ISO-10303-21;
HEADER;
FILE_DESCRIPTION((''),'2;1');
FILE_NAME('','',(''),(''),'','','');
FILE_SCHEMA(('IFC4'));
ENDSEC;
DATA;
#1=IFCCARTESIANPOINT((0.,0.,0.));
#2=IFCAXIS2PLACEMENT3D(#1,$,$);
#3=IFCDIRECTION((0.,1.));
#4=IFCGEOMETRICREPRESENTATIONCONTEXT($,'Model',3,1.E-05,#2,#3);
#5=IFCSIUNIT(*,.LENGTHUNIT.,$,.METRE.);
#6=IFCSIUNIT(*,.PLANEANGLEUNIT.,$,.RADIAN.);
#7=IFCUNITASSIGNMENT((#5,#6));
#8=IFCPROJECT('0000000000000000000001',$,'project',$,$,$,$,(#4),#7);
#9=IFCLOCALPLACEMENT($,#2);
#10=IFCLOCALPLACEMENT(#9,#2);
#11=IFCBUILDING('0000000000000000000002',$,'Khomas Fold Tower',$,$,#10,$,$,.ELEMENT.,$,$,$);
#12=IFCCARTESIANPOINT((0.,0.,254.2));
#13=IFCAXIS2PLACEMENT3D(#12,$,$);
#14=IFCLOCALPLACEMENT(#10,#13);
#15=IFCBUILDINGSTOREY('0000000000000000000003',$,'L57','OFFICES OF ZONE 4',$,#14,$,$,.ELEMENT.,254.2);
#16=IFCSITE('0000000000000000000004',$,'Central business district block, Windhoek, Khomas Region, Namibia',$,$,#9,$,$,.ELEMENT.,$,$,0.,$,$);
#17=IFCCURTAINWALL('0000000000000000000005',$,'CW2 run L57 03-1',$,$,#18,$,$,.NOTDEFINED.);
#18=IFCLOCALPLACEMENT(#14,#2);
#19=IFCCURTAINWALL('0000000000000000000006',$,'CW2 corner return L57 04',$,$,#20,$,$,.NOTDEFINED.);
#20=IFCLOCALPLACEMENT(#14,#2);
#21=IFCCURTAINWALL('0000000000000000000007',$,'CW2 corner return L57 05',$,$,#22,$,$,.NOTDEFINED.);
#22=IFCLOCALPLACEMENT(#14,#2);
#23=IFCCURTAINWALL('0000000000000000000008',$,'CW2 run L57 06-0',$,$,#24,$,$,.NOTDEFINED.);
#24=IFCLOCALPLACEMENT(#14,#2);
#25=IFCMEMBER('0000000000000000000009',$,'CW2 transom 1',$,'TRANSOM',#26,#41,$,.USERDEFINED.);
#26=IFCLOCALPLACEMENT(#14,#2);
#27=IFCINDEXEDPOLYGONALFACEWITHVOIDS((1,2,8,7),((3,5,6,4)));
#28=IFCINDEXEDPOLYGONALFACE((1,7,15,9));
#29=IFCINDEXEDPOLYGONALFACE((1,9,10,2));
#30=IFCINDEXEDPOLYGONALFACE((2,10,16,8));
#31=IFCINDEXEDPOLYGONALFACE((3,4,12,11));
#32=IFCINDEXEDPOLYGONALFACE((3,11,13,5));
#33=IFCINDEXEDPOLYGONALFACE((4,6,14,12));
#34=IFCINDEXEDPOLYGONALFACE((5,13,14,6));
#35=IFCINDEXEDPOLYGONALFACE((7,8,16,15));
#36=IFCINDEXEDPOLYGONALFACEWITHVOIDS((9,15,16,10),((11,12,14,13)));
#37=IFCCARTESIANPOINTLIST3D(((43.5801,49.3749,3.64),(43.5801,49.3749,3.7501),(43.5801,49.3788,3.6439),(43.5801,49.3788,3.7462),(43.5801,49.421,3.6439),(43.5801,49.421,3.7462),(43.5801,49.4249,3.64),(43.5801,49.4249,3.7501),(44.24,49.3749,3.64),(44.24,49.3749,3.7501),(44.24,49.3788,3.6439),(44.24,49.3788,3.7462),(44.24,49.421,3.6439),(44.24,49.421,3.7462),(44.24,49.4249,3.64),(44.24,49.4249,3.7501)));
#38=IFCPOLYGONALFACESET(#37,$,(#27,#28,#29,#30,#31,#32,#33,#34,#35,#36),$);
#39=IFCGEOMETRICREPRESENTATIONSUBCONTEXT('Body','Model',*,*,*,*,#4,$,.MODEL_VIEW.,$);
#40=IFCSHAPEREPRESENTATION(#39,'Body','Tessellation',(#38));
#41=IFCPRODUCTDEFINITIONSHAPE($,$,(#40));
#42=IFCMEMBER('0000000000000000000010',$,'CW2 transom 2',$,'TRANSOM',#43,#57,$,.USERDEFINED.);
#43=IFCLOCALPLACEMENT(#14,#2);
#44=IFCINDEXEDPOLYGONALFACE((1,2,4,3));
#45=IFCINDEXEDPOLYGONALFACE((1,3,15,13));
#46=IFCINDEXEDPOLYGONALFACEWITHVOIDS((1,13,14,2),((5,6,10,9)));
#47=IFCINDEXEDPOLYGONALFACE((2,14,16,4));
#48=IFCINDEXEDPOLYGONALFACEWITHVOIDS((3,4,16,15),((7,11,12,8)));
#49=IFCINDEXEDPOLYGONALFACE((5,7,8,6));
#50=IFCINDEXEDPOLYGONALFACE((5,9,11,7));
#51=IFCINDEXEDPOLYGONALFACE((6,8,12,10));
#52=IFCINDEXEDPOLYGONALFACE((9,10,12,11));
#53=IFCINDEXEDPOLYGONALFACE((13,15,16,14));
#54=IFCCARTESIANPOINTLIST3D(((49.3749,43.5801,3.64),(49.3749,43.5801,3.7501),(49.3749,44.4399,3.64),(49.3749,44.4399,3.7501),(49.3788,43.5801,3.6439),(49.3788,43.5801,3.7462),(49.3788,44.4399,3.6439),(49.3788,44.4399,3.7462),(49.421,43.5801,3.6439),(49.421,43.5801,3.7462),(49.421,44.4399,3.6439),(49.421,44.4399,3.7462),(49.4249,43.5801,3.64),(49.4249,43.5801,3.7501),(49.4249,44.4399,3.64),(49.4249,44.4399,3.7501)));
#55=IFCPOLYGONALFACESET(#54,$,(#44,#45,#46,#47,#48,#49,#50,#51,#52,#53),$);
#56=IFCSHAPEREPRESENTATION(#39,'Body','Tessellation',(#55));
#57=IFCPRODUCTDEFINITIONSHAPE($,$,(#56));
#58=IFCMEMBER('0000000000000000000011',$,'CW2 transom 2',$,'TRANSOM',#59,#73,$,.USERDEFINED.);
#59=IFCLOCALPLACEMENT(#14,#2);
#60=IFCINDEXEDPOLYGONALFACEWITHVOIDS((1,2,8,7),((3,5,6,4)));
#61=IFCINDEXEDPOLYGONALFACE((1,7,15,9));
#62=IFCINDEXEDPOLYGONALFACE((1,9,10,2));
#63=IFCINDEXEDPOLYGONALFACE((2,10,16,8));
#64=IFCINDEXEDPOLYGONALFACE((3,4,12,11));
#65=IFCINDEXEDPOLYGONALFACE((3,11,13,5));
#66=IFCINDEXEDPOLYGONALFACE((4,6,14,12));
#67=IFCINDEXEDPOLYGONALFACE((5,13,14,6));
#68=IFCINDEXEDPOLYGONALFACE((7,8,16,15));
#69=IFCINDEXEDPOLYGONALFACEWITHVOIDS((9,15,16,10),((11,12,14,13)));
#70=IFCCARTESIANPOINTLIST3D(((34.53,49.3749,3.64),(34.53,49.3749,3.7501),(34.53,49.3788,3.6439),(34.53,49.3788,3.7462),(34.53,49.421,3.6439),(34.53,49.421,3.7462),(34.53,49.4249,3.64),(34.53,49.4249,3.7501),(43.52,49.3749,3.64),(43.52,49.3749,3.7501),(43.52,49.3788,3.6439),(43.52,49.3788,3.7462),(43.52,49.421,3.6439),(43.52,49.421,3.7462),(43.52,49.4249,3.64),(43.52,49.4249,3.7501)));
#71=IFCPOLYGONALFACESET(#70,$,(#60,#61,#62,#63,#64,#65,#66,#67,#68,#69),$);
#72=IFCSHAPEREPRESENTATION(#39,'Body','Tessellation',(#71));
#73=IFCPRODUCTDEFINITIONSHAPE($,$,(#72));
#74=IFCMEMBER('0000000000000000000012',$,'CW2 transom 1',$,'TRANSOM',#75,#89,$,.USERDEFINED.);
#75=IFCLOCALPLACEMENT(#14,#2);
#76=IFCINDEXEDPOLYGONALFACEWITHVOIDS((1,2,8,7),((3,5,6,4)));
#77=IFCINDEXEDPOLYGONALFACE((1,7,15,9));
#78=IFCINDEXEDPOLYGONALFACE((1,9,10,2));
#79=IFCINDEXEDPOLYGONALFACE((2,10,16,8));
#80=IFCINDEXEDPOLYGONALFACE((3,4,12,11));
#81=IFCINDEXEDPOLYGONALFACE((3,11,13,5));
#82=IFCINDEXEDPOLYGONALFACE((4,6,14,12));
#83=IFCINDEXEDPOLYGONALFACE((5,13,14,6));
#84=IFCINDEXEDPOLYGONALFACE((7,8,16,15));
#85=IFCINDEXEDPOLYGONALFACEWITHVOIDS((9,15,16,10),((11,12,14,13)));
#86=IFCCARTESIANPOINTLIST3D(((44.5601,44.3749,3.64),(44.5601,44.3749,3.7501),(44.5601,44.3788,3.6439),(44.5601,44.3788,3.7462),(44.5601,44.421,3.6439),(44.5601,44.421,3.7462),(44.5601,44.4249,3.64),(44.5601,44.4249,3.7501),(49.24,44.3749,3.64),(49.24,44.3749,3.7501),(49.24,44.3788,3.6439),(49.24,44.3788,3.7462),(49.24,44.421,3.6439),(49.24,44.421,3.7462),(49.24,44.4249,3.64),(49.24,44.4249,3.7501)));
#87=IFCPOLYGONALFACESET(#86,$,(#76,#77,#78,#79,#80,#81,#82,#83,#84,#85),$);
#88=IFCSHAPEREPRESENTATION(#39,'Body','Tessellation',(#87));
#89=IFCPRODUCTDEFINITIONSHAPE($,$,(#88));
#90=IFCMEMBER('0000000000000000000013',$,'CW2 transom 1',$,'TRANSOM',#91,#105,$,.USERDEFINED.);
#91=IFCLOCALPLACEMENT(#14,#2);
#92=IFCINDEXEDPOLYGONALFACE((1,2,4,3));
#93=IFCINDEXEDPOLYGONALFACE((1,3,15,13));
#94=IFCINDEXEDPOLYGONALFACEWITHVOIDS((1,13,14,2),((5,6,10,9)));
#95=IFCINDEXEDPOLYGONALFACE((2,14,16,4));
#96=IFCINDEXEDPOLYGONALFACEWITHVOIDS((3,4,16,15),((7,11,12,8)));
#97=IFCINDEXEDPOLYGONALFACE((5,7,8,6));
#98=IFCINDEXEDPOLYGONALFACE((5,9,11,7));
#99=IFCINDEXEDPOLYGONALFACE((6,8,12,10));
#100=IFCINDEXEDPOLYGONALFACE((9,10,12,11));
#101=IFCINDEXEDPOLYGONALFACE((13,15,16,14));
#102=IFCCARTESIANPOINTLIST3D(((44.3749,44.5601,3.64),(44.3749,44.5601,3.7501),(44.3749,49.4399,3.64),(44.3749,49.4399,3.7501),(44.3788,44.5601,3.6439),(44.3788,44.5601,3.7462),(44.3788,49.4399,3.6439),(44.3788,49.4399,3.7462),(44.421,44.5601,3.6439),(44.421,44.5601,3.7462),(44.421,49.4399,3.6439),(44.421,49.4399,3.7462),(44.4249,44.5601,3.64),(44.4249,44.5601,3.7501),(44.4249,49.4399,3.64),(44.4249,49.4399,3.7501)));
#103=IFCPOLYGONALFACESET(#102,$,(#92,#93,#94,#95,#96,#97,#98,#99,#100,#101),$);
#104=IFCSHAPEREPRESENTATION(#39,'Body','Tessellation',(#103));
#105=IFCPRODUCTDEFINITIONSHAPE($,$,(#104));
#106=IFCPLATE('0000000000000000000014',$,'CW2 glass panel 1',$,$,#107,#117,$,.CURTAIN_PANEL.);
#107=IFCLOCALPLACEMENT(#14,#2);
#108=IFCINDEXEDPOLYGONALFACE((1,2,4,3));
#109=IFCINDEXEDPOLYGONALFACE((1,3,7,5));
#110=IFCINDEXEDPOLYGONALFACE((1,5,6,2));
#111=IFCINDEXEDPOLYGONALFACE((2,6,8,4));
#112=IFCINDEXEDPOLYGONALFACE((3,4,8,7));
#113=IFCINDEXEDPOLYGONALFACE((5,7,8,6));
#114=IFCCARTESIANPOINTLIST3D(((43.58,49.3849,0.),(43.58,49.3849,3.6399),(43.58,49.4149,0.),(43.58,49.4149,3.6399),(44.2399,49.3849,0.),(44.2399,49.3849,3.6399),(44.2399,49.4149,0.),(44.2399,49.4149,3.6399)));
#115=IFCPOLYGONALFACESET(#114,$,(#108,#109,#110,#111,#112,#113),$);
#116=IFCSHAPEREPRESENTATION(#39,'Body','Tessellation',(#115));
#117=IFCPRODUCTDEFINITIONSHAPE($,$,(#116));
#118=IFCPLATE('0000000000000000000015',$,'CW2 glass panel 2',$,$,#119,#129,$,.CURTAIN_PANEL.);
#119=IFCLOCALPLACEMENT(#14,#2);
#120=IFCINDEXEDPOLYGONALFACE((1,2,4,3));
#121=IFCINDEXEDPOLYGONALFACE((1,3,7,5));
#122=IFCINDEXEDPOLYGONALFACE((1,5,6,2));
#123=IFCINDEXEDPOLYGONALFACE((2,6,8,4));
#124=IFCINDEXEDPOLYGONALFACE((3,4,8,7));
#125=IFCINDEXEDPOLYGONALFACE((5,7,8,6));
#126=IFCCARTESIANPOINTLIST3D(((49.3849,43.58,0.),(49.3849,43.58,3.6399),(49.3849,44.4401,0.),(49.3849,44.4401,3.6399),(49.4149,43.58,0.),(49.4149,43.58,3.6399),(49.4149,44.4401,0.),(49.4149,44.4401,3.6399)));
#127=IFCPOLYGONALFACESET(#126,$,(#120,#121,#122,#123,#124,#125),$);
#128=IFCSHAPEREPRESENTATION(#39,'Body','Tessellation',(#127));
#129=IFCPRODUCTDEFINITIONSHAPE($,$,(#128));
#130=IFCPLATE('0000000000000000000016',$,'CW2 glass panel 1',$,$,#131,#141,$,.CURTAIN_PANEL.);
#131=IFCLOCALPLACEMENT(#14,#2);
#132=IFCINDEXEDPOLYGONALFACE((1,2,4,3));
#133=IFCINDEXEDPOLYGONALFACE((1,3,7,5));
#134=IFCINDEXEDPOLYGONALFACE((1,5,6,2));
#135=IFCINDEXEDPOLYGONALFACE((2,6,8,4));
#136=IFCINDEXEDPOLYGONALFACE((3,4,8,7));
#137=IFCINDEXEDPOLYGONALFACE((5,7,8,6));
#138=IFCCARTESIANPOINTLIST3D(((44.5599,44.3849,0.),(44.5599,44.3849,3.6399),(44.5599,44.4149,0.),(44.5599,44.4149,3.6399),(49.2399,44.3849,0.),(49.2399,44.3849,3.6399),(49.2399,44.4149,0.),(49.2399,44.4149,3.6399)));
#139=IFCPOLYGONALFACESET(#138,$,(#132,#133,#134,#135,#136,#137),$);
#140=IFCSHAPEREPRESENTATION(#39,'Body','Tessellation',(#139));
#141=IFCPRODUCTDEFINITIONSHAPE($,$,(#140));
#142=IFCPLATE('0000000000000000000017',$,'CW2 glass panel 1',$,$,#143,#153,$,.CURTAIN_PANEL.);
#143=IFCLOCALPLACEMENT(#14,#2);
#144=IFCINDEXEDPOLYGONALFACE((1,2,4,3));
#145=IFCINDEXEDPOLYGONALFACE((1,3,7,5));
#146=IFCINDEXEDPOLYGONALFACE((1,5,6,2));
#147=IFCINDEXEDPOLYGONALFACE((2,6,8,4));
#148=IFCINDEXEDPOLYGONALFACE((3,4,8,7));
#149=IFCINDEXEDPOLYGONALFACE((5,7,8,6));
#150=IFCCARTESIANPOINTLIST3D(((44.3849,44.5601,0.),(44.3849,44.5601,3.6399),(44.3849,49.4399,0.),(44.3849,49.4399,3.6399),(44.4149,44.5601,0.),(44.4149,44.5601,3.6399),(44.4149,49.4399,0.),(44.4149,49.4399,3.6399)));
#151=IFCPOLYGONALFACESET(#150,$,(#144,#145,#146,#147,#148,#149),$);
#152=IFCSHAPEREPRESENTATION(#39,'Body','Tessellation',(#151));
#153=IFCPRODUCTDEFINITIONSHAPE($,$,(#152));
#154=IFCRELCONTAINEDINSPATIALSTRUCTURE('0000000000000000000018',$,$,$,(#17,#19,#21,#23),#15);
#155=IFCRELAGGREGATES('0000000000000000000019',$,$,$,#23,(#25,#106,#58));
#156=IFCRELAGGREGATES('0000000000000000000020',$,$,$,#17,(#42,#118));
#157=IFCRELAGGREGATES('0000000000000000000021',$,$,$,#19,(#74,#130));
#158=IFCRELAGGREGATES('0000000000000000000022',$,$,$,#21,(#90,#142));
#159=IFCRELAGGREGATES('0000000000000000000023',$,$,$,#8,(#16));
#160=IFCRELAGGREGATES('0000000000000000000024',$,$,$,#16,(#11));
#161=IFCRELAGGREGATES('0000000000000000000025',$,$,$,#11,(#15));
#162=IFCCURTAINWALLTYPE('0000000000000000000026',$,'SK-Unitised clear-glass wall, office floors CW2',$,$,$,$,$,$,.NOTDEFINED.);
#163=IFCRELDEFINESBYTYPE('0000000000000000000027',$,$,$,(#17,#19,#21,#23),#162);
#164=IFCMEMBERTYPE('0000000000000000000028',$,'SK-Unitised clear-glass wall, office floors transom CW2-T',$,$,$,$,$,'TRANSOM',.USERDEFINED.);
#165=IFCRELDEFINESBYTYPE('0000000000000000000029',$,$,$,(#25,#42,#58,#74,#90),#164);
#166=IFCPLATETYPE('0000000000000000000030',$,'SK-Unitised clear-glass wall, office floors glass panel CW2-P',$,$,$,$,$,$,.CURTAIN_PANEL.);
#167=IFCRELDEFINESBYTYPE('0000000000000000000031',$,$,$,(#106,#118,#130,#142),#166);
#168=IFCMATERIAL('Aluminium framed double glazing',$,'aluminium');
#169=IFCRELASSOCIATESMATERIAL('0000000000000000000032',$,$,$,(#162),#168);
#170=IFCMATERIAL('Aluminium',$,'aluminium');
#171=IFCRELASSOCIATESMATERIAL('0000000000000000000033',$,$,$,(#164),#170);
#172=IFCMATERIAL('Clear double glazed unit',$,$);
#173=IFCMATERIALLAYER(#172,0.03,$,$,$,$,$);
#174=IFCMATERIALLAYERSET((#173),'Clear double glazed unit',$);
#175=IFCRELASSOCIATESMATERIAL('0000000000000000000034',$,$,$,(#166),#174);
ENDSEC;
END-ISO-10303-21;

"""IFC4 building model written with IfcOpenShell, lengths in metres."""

from ifc_helpers import new_model, si_unit, direction, frame, origin, origin_2d, place, context, subcontext, project, spatial, rectangle, hollow_rectangle, extrude, source, transform, mapped, material, layer, layer_set, material_profile, profile_set, type_object, element, aggregate, save


model = new_model("IFC4")

# Units and contexts
model_context = context("Model", 3, precision=1e-05, world=origin(), true_north=direction((0.0, 1.0)))
body_context = subcontext(model_context, "Body", "Model", "MODEL_VIEW")
ifc_project = project(units=[si_unit("LENGTHUNIT", "METRE"), si_unit("PLANEANGLEUNIT", "RADIAN")], contexts=[model_context])

# Site, building, storey
site_placement = place(None, origin())
site = spatial("IfcSite", under=ifc_project, at=site_placement, Name="Central business district block, Windhoek, Khomas Region, Namibia", CompositionType="ELEMENT", RefElevation=0.0)
building_placement = place(site_placement, origin())
building = spatial("IfcBuilding", under=site, at=building_placement, Name="Khomas Fold Tower", CompositionType="ELEMENT")
storey_placement = place(building_placement, frame((0.0, 0.0, 254.2)))
storey = spatial("IfcBuildingStorey", under=building, at=storey_placement, Name="L57", Description="OFFICES OF ZONE 4", CompositionType="ELEMENT", Elevation=254.2)

# Curtain walls, member
ifc_material_1 = material(Name="Aluminium framed double glazing", Category="aluminium")
curtain_wall_type = type_object("IfcCurtainWallType", Name="SK-Unitised clear-glass wall, office floors CW2", PredefinedType="NOTDEFINED", material=ifc_material_1)
curtain_wall_1_placement = place(storey_placement, origin())
curtain_wall_1 = element("IfcCurtainWall", 1, at=curtain_wall_1_placement, inside=storey, type_object=curtain_wall_type, Name="CW2 run L57 03-1", PredefinedType="NOTDEFINED")
curtain_wall_2_placement = place(storey_placement, origin())
curtain_wall_2 = element("IfcCurtainWall", 2, at=curtain_wall_2_placement, inside=storey, type_object=curtain_wall_type, Name="CW2 corner return L57 04", PredefinedType="NOTDEFINED")
curtain_wall_3_placement = place(storey_placement, origin())
curtain_wall_3 = element("IfcCurtainWall", 3, at=curtain_wall_3_placement, inside=storey, type_object=curtain_wall_type, Name="CW2 corner return L57 05", PredefinedType="NOTDEFINED")
curtain_wall_4_placement = place(storey_placement, origin())
curtain_wall_4 = element("IfcCurtainWall", 4, at=curtain_wall_4_placement, inside=storey, type_object=curtain_wall_type, Name="CW2 run L57 06-0", PredefinedType="NOTDEFINED")
ifc_material_2 = material(Name="Aluminium", Category="aluminium")
ifc_material_profile_1 = material_profile(ifc_material_2, hollow_rectangle(XDim=0.05, YDim=0.1101, WallThickness=0.0039, at=origin_2d()), Name="SK-Unitised clear-glass wall, office floors transom CW2-T")
ifc_profile_set_1 = profile_set([ifc_material_profile_1], Name="Aluminium")
member_type_1 = type_object("IfcMemberType", Name="SK-Unitised clear-glass wall, office floors transom CW2-T", ElementType="TRANSOM", PredefinedType="USERDEFINED", material=ifc_profile_set_1)
shared_shape_1 = source(origin(), body_context, "Body", "SweptSolid", [
    extrude(hollow_rectangle(XDim=0.05, YDim=0.1101, WallThickness=0.0039, at=origin_2d()), origin(), (0.0, 0.0, 1.0), 0.6599),
])
member_1_placement = place(storey_placement, frame((44.24, 49.3999, 3.6951), z_axis=(-1.0, 0.0, 0.0), x_axis=(0.0, -1.0, 0.0)))
member_1 = element("IfcMember", 5, at=member_1_placement, type_object=member_type_1, Name="CW2 transom 1", ObjectType="TRANSOM", PredefinedType="USERDEFINED", context=body_context, shape_type="MappedRepresentation", body=[
    mapped(shared_shape_1, transform((0.0, 0.0, 0.0))),
])

# Members
shared_shape_2 = source(origin(), body_context, "Body", "SweptSolid", [
    extrude(hollow_rectangle(XDim=0.05, YDim=0.1101, WallThickness=0.0039, at=origin_2d()), origin(), (0.0, 0.0, 1.0), 0.8599),
])
member_2_placement = place(storey_placement, frame((49.3999, 43.5801, 3.6951), z_axis=(0.0, 1.0, 0.0), x_axis=(-1.0, 0.0, 0.0)))
member_2 = element("IfcMember", 6, at=member_2_placement, type_object=member_type_1, Name="CW2 transom 2", ObjectType="TRANSOM", PredefinedType="USERDEFINED", context=body_context, shape_type="MappedRepresentation", body=[
    mapped(shared_shape_2, transform((0.0, 0.0, 0.0))),
])
shared_shape_3 = source(origin(), body_context, "Body", "SweptSolid", [
    extrude(hollow_rectangle(XDim=0.05, YDim=0.1101, WallThickness=0.0039, at=origin_2d()), origin(), (0.0, 0.0, 1.0), 8.99),
])
member_3_placement = place(storey_placement, frame((43.52, 49.3999, 3.6951), z_axis=(-1.0, 0.0, 0.0), x_axis=(0.0, -1.0, 0.0)))
member_3 = element("IfcMember", 7, at=member_3_placement, type_object=member_type_1, Name="CW2 transom 2", ObjectType="TRANSOM", PredefinedType="USERDEFINED", context=body_context, shape_type="MappedRepresentation", body=[
    mapped(shared_shape_3, transform((0.0, 0.0, 0.0))),
])
shared_shape_4 = source(origin(), body_context, "Body", "SweptSolid", [
    extrude(hollow_rectangle(XDim=0.05, YDim=0.1101, WallThickness=0.0039, at=origin_2d()), origin(), (0.0, 0.0, 1.0), 4.6799),
])
member_4_placement = place(storey_placement, frame((49.24, 44.3999, 3.6951), z_axis=(-1.0, 0.0, 0.0), x_axis=(0.0, -1.0, 0.0)))
member_4 = element("IfcMember", 8, at=member_4_placement, type_object=member_type_1, Name="CW2 transom 1", ObjectType="TRANSOM", PredefinedType="USERDEFINED", context=body_context, shape_type="MappedRepresentation", body=[
    mapped(shared_shape_4, transform((0.0, 0.0, 0.0))),
])
shared_shape_5 = source(origin(), body_context, "Body", "SweptSolid", [
    extrude(hollow_rectangle(XDim=0.05, YDim=0.1101, WallThickness=0.0039, at=origin_2d()), origin(), (0.0, 0.0, 1.0), 4.8799),
])
member_5_placement = place(storey_placement, frame((44.3999, 44.5601, 3.6951), z_axis=(0.0, 1.0, 0.0), x_axis=(-1.0, 0.0, 0.0)))
member_5 = element("IfcMember", 9, at=member_5_placement, type_object=member_type_1, Name="CW2 transom 1", ObjectType="TRANSOM", PredefinedType="USERDEFINED", context=body_context, shape_type="MappedRepresentation", body=[
    mapped(shared_shape_5, transform((0.0, 0.0, 0.0))),
])

# Plates
ifc_material_3 = material(Name="Clear double glazed unit")
ifc_layer = layer(ifc_material_3, 0.03)
ifc_layer_set = layer_set([ifc_layer], Name="Clear double glazed unit")
plate_type = type_object("IfcPlateType", Name="SK-Unitised clear-glass wall, office floors glass panel CW2-P", PredefinedType="CURTAIN_PANEL", material=ifc_layer_set)
shared_shape_6 = source(origin(), body_context, "Body", "SweptSolid", [
    extrude(rectangle(XDim=0.6599, YDim=0.03, at=origin_2d()), origin(), (0.0, 0.0, 1.0), 3.6399),
])
plate_1_placement = place(storey_placement, frame((43.9099, 49.3999, 0.0), z_axis=(0.0, 0.0, 1.0), x_axis=(-1.0, 0.0, 0.0)))
plate_1 = element("IfcPlate", 10, at=plate_1_placement, type_object=plate_type, Name="CW2 glass panel 1", PredefinedType="CURTAIN_PANEL", context=body_context, shape_type="MappedRepresentation", body=[
    mapped(shared_shape_6, transform((0.0, 0.0, 0.0))),
])
aggregate(curtain_wall_4, [member_1, plate_1, member_3])
shared_shape_7 = source(origin(), body_context, "Body", "SweptSolid", [
    extrude(rectangle(XDim=0.8601, YDim=0.03, at=origin_2d()), origin(), (0.0, 0.0, 1.0), 3.6399),
])
plate_2_placement = place(storey_placement, frame((49.3999, 44.01, 0.0), z_axis=(0.0, 0.0, 1.0), x_axis=(0.0, 1.0, 0.0)))
plate_2 = element("IfcPlate", 11, at=plate_2_placement, type_object=plate_type, Name="CW2 glass panel 2", PredefinedType="CURTAIN_PANEL", context=body_context, shape_type="MappedRepresentation", body=[
    mapped(shared_shape_7, transform((0.0, 0.0, 0.0))),
])
aggregate(curtain_wall_1, [member_2, plate_2])
shared_shape_8 = source(origin(), body_context, "Body", "SweptSolid", [
    extrude(rectangle(XDim=4.6799, YDim=0.03, at=origin_2d()), origin(), (0.0, 0.0, 1.0), 3.6399),
])
plate_3_placement = place(storey_placement, frame((46.8999, 44.3999, 0.0), z_axis=(0.0, 0.0, 1.0), x_axis=(-1.0, 0.0, 0.0)))
plate_3 = element("IfcPlate", 12, at=plate_3_placement, type_object=plate_type, Name="CW2 glass panel 1", PredefinedType="CURTAIN_PANEL", context=body_context, shape_type="MappedRepresentation", body=[
    mapped(shared_shape_8, transform((0.0, 0.0, 0.0))),
])
aggregate(curtain_wall_2, [member_4, plate_3])
shared_shape_9 = source(origin(), body_context, "Body", "SweptSolid", [
    extrude(rectangle(XDim=4.8799, YDim=0.03, at=origin_2d()), origin(), (0.0, 0.0, 1.0), 3.6399),
])
plate_4_placement = place(storey_placement, frame((44.3999, 47.0, 0.0), z_axis=(0.0, 0.0, 1.0), x_axis=(0.0, 1.0, 0.0)))
plate_4 = element("IfcPlate", 13, at=plate_4_placement, type_object=plate_type, Name="CW2 glass panel 1", PredefinedType="CURTAIN_PANEL", context=body_context, shape_type="MappedRepresentation", body=[
    mapped(shared_shape_9, transform((0.0, 0.0, 0.0))),
])
aggregate(curtain_wall_3, [member_5, plate_4])

save(model, "model.ifc")
